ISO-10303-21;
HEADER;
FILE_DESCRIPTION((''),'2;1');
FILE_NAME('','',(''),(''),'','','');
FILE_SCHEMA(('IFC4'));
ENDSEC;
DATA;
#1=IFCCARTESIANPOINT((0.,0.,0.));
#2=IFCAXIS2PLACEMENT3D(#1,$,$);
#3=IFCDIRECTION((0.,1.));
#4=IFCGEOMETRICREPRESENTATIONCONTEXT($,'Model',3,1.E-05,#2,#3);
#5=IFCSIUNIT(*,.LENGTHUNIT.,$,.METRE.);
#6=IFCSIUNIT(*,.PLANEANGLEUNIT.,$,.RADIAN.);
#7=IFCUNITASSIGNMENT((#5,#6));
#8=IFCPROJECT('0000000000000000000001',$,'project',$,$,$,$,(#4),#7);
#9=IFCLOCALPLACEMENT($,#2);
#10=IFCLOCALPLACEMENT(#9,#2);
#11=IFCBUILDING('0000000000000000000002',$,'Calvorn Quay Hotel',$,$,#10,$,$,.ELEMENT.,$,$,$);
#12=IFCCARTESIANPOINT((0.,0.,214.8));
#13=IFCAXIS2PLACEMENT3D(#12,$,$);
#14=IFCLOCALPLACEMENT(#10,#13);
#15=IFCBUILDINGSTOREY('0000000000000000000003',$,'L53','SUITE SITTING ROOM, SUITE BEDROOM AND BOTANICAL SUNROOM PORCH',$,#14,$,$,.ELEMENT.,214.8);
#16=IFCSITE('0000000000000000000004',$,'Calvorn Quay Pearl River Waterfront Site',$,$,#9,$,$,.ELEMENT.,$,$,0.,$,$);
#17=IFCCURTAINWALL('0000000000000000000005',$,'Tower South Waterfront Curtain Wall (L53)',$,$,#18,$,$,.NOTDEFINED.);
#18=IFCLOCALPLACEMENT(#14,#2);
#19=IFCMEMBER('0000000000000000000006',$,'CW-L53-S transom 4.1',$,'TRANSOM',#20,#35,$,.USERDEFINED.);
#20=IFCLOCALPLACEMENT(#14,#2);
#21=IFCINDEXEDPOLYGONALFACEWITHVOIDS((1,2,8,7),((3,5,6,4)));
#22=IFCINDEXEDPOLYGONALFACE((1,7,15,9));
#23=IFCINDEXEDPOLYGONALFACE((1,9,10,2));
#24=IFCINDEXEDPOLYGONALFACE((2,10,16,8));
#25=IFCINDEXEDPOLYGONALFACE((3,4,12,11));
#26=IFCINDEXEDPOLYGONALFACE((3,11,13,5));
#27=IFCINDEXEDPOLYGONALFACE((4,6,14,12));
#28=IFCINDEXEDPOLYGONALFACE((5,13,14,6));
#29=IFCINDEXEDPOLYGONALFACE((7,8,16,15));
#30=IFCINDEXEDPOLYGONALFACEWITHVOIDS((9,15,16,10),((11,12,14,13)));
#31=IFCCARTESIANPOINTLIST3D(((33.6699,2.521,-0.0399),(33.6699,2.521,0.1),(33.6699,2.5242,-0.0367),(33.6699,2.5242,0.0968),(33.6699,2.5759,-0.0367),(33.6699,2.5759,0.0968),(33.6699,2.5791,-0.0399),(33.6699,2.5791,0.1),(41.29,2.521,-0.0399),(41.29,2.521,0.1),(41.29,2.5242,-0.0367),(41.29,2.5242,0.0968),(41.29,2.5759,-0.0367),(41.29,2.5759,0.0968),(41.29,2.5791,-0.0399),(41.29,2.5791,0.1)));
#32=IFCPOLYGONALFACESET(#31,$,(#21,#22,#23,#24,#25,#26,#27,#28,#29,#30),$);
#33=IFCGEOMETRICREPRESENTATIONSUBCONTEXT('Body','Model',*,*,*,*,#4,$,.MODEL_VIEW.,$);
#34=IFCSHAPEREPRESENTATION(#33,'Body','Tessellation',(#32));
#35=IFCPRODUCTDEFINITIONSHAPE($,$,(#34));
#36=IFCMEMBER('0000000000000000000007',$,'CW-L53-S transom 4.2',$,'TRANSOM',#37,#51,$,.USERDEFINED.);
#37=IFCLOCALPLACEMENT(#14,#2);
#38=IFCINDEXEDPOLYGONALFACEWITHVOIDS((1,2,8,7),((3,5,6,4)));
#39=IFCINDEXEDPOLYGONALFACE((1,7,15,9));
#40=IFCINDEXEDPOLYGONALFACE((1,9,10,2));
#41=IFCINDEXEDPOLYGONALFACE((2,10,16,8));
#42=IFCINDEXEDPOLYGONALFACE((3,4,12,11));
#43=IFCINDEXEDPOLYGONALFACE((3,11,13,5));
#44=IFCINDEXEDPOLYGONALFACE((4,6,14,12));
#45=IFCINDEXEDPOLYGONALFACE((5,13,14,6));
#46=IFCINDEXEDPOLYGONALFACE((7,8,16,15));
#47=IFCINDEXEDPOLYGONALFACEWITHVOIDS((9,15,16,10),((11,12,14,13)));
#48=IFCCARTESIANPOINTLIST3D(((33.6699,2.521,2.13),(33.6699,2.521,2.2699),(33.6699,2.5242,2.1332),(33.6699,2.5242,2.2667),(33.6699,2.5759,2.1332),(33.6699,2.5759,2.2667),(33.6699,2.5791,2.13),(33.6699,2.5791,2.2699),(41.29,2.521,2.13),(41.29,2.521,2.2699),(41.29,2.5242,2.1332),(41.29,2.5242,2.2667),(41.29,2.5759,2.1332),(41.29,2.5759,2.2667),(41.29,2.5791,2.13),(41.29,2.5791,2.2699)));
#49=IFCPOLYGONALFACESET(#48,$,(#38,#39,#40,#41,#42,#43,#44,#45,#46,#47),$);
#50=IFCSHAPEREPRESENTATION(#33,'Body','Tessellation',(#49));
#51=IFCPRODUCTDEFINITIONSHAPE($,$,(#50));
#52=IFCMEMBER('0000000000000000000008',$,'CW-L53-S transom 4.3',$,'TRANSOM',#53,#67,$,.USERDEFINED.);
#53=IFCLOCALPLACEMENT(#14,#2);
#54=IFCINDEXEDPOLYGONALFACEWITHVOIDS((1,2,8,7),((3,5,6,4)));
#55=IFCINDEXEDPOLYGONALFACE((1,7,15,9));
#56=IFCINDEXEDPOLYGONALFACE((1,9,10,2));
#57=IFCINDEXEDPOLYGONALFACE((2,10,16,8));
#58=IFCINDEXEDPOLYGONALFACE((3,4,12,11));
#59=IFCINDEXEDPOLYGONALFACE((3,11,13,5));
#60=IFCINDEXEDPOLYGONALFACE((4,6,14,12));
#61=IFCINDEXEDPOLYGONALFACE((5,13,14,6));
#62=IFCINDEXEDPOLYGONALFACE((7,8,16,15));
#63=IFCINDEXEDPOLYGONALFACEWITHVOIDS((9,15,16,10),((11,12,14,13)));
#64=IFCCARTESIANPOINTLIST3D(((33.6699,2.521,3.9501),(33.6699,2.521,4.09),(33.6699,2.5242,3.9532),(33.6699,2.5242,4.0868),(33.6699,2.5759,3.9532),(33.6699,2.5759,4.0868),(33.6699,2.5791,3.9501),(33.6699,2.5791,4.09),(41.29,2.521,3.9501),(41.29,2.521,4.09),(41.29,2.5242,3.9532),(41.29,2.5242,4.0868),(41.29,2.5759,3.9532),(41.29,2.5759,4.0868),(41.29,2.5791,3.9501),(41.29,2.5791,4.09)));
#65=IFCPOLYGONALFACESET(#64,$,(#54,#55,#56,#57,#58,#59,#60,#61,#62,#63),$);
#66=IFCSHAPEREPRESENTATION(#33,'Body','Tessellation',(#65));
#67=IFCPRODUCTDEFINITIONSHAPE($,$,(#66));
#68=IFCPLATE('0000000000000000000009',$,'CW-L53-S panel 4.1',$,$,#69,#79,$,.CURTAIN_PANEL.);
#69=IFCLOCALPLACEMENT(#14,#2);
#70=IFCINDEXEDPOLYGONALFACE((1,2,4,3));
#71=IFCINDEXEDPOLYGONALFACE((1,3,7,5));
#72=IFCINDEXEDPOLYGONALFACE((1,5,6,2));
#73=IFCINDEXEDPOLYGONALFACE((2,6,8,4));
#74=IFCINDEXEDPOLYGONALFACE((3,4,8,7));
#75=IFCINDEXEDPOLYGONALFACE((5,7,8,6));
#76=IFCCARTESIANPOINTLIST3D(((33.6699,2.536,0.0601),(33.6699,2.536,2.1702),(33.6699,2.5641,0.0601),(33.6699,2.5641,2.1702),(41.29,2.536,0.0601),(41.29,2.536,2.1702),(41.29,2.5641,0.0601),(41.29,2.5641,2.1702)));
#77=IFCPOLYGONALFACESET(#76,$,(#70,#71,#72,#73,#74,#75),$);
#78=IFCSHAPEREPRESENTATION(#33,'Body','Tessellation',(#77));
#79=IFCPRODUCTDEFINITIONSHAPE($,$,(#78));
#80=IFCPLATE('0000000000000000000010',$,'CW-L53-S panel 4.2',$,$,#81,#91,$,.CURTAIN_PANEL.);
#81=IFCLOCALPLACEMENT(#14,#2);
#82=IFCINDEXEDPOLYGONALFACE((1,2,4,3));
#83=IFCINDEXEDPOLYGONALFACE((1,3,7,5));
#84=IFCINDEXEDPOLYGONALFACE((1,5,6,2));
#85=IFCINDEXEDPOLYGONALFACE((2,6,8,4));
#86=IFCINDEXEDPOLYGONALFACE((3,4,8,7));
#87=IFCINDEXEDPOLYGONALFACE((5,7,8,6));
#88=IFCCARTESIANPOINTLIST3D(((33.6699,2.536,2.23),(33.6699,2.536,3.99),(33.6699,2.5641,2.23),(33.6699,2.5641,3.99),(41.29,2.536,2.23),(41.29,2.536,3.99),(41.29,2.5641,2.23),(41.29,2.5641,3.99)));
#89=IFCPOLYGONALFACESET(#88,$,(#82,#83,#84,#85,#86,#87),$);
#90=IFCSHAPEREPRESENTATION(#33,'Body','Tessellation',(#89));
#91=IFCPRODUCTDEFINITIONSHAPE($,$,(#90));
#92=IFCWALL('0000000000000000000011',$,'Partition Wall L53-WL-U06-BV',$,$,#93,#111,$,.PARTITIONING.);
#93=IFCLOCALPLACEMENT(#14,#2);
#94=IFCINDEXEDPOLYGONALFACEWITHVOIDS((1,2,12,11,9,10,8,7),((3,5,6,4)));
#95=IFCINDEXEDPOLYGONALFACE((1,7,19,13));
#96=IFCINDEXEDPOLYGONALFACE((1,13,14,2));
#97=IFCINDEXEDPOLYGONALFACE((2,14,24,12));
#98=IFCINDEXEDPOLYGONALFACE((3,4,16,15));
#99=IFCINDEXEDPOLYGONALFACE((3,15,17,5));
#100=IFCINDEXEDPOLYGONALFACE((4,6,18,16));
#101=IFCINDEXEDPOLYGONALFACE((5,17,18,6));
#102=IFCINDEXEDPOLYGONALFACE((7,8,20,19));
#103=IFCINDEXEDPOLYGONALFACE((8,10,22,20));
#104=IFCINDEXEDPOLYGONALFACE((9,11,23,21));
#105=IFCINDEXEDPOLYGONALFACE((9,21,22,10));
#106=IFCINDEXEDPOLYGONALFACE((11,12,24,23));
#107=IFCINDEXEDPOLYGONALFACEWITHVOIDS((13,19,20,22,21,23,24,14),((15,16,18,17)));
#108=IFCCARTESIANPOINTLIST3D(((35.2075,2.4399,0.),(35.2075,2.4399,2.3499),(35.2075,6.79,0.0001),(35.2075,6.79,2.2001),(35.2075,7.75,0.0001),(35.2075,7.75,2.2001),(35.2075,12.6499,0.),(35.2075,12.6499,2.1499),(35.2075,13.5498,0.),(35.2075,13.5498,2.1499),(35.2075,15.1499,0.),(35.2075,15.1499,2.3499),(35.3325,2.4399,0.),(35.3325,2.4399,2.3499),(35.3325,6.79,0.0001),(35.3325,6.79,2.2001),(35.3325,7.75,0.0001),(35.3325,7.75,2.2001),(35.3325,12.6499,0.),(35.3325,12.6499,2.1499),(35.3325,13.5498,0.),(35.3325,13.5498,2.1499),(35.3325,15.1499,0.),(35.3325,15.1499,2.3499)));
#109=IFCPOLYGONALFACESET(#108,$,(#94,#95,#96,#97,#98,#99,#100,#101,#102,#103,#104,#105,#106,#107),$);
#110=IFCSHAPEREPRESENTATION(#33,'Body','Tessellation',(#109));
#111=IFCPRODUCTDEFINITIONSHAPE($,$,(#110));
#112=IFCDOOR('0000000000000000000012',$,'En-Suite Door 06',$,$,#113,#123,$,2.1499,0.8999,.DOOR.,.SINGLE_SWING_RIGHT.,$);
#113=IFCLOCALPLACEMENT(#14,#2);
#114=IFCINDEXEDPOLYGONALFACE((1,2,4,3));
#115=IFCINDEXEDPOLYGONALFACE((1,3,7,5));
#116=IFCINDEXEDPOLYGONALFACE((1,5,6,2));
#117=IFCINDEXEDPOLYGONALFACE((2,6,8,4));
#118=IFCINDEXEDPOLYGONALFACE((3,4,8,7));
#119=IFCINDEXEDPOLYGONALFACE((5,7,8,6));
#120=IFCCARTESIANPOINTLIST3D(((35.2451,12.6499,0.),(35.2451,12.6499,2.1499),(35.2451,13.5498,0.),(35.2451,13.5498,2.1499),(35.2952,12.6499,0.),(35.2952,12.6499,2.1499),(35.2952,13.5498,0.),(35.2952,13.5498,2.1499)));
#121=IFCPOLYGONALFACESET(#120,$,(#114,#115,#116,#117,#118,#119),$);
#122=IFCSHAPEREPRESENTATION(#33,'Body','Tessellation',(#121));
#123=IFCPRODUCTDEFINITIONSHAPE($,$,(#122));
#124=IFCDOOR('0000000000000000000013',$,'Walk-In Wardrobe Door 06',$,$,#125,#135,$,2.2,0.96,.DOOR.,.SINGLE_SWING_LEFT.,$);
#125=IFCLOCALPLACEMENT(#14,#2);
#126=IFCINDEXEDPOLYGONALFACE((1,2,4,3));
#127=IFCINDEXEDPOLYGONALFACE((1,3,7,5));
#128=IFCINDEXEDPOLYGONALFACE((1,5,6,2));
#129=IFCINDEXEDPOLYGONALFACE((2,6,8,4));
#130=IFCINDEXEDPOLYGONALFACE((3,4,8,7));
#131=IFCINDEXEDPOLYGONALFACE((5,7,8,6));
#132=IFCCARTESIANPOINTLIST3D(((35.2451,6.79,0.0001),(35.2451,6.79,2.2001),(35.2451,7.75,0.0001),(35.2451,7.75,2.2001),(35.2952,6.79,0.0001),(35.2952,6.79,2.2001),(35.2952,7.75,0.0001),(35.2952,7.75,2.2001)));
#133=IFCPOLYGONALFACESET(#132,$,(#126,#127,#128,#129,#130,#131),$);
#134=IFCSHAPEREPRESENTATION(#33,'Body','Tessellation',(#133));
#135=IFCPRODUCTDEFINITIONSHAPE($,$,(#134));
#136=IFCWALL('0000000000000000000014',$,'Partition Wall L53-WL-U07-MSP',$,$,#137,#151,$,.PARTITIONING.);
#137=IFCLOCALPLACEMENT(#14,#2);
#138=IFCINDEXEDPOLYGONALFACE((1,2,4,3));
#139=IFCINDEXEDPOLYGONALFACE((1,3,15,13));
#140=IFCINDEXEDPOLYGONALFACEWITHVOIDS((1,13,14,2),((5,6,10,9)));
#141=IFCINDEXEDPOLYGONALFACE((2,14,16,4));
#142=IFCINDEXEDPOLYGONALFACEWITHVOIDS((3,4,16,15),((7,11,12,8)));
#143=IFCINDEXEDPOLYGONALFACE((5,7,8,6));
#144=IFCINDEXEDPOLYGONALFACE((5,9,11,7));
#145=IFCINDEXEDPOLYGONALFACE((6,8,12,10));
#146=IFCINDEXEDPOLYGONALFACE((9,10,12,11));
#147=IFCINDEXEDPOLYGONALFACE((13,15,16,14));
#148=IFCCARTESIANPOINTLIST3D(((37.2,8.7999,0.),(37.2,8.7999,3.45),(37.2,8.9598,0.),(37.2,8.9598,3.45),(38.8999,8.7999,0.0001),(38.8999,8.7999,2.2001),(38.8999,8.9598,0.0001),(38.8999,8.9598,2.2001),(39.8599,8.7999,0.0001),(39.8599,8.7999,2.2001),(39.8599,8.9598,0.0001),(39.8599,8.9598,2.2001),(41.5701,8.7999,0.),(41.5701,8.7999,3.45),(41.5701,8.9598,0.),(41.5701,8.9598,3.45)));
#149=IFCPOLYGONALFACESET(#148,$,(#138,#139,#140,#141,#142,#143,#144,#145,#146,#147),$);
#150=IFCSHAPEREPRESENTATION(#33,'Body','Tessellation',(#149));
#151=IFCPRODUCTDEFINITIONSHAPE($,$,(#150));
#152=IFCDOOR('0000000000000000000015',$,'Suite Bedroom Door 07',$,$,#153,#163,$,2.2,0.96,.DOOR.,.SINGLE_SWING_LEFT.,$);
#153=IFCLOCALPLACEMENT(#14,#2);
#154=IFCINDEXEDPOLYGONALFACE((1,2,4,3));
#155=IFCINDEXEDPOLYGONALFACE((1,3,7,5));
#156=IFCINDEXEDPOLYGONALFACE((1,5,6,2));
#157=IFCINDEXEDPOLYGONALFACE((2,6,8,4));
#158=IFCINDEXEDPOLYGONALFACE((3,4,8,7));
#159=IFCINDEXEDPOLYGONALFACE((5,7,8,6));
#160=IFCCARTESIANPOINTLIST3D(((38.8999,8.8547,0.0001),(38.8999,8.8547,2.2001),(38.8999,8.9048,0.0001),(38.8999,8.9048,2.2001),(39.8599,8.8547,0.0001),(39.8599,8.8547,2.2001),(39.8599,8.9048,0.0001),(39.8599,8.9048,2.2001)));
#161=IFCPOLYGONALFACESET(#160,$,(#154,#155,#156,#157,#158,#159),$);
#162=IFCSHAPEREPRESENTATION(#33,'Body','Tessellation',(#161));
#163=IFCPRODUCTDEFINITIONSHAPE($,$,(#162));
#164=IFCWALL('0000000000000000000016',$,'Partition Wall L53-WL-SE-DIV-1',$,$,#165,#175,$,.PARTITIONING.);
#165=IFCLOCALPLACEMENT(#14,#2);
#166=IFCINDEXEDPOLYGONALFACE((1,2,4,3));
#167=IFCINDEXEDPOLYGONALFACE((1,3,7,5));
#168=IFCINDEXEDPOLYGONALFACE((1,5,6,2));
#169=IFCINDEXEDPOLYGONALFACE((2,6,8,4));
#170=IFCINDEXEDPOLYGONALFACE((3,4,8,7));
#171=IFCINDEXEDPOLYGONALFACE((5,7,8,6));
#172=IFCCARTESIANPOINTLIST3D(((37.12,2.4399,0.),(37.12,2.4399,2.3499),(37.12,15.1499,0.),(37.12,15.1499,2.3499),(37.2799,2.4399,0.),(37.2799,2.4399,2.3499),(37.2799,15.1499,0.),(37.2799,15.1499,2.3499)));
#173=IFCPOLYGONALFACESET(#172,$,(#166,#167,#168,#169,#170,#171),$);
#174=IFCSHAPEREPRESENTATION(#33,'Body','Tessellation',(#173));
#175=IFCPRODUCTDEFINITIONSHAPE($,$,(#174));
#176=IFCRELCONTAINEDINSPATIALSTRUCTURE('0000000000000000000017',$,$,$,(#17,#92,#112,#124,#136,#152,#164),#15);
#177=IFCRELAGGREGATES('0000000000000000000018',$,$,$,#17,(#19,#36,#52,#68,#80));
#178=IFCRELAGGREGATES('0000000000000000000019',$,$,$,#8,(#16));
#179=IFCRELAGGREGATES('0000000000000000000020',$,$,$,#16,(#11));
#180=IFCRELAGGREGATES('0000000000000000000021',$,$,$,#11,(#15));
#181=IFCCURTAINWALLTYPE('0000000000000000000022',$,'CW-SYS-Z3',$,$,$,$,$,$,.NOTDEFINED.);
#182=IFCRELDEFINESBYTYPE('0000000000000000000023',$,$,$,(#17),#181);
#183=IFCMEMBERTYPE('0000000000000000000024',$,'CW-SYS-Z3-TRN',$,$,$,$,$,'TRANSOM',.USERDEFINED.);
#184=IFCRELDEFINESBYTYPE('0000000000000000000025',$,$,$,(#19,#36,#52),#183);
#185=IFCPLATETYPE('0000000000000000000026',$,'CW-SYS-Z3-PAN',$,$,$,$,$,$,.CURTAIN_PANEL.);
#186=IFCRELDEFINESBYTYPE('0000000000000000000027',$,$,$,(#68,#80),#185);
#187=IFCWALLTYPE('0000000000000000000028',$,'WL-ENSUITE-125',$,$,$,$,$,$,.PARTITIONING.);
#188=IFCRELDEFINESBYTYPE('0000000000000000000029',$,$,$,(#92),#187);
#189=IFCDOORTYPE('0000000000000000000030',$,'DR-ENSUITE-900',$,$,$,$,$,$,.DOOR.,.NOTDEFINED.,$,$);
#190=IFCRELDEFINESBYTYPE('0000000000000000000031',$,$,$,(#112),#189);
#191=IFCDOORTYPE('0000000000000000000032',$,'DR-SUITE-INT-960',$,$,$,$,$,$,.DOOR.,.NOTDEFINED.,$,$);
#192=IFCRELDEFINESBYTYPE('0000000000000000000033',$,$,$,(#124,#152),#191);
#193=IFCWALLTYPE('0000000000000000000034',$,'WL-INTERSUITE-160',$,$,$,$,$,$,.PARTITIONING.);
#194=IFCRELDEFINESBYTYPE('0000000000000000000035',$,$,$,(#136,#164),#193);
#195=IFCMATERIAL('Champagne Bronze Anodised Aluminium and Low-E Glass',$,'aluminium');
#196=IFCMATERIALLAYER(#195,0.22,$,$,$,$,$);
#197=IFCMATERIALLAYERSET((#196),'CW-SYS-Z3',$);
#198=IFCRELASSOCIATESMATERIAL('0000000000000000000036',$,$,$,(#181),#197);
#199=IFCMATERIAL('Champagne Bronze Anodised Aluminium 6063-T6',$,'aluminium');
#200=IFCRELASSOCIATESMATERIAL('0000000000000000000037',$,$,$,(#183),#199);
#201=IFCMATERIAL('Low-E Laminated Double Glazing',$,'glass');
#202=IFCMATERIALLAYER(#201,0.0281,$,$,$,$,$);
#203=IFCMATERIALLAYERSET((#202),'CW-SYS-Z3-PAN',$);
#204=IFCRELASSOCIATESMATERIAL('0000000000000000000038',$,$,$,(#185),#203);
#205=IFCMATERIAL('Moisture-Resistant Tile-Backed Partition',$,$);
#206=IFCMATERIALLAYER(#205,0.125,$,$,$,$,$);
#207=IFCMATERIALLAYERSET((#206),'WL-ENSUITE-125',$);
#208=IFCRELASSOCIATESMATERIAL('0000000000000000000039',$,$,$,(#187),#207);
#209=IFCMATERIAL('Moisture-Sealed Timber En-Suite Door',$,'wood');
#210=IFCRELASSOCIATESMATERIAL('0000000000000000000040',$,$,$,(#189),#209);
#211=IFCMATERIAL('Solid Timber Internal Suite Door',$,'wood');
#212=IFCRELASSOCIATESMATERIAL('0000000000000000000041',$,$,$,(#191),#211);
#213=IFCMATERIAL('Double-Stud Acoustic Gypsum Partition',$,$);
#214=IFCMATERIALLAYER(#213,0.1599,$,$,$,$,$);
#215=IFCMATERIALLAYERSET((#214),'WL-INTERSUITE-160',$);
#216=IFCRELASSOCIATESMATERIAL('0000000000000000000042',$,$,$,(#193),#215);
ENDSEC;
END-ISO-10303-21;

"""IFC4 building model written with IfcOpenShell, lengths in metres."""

from ifc_helpers import new_model, si_unit, direction, frame, frame_2d, origin, origin_2d, place, context, subcontext, project, spatial, rectangle, hollow_rectangle, extrude, material, layer, layer_set, material_profile, profile_set, type_object, element, fill, aggregate, save


model = new_model("IFC4")

# Units and contexts
model_context = context("Model", 3, precision=1e-05, world=origin(), true_north=direction((0.0, 1.0)))
body_context = subcontext(model_context, "Body", "Model", "MODEL_VIEW")
ifc_project = project(units=[si_unit("LENGTHUNIT", "METRE"), si_unit("PLANEANGLEUNIT", "RADIAN")], contexts=[model_context])

# Site, building, storey
site_placement = place(None, origin())
site = spatial("IfcSite", under=ifc_project, at=site_placement, Name="Calvorn Quay Pearl River Waterfront Site", CompositionType="ELEMENT", RefElevation=0.0)
building_placement = place(site_placement, origin())
building = spatial("IfcBuilding", under=site, at=building_placement, Name="Calvorn Quay Hotel", CompositionType="ELEMENT")
storey_placement = place(building_placement, frame((0.0, 0.0, 214.8)))
storey = spatial("IfcBuildingStorey", under=building, at=storey_placement, Name="L53", Description="SUITE SITTING ROOM, SUITE BEDROOM AND BOTANICAL SUNROOM PORCH", CompositionType="ELEMENT", Elevation=214.8)

# Curtain wall, members, plates
ifc_material_1 = material(Name="Champagne Bronze Anodised Aluminium and Low-E Glass", Category="aluminium")
ifc_layer_1 = layer(ifc_material_1, 0.22)
ifc_layer_set_1 = layer_set([ifc_layer_1], Name="CW-SYS-Z3")
curtain_wall_type = type_object("IfcCurtainWallType", Name="CW-SYS-Z3", PredefinedType="NOTDEFINED", material=ifc_layer_set_1)
curtain_wall_placement = place(storey_placement, origin())
curtain_wall = element("IfcCurtainWall", 1, at=curtain_wall_placement, inside=storey, type_object=curtain_wall_type, Name="Tower South Waterfront Curtain Wall (L53)", PredefinedType="NOTDEFINED")
ifc_material_2 = material(Name="Champagne Bronze Anodised Aluminium 6063-T6", Category="aluminium")
ifc_material_profile_1 = material_profile(ifc_material_2, hollow_rectangle(XDim=0.0581, YDim=0.1399, WallThickness=0.0032, at=origin_2d()), Name="ALU-T140x58x3.2")
ifc_profile_set_1 = profile_set([ifc_material_profile_1], Name="Champagne Bronze Anodised Aluminium 6063-T6")
member_type_1 = type_object("IfcMemberType", Name="CW-SYS-Z3-TRN", ElementType="TRANSOM", PredefinedType="USERDEFINED", material=ifc_profile_set_1)
member_1_placement = place(storey_placement, frame((33.6699, 2.55, 0.03), z_axis=(1.0, 0.0, 0.0), x_axis=(0.0, 1.0, 0.0)))
member_1 = element("IfcMember", 2, at=member_1_placement, type_object=member_type_1, Name="CW-L53-S transom 4.1", ObjectType="TRANSOM", PredefinedType="USERDEFINED", context=body_context, shape_type="SweptSolid", body=[
    extrude(hollow_rectangle(XDim=0.0581, YDim=0.1399, WallThickness=0.0032, at=origin_2d()), origin(), (0.0, 0.0, 1.0), 7.6201),
])
member_2_placement = place(storey_placement, frame((33.6699, 2.55, 2.2), z_axis=(1.0, 0.0, 0.0), x_axis=(0.0, 1.0, 0.0)))
member_2 = element("IfcMember", 3, at=member_2_placement, type_object=member_type_1, Name="CW-L53-S transom 4.2", ObjectType="TRANSOM", PredefinedType="USERDEFINED", context=body_context, shape_type="SweptSolid", body=[
    extrude(hollow_rectangle(XDim=0.0581, YDim=0.1399, WallThickness=0.0032, at=origin_2d()), origin(), (0.0, 0.0, 1.0), 7.6201),
])
member_3_placement = place(storey_placement, frame((33.6699, 2.55, 4.02), z_axis=(1.0, 0.0, 0.0), x_axis=(0.0, 1.0, 0.0)))
member_3 = element("IfcMember", 4, at=member_3_placement, type_object=member_type_1, Name="CW-L53-S transom 4.3", ObjectType="TRANSOM", PredefinedType="USERDEFINED", context=body_context, shape_type="SweptSolid", body=[
    extrude(hollow_rectangle(XDim=0.0581, YDim=0.1399, WallThickness=0.0032, at=origin_2d()), origin(), (0.0, 0.0, 1.0), 7.6201),
])
ifc_material_3 = material(Name="Low-E Laminated Double Glazing", Category="glass")
ifc_layer_2 = layer(ifc_material_3, 0.0281)
ifc_layer_set_2 = layer_set([ifc_layer_2], Name="CW-SYS-Z3-PAN")
plate_type = type_object("IfcPlateType", Name="CW-SYS-Z3-PAN", PredefinedType="CURTAIN_PANEL", material=ifc_layer_set_2)
plate_1_placement = place(storey_placement, frame((37.48, 2.55, 0.0601), z_axis=(0.0, 0.0, 1.0), x_axis=(1.0, 0.0, 0.0)))
plate_1 = element("IfcPlate", 5, at=plate_1_placement, type_object=plate_type, Name="CW-L53-S panel 4.1", PredefinedType="CURTAIN_PANEL", context=body_context, shape_type="SweptSolid", body=[
    extrude(rectangle(XDim=7.6201, YDim=0.0281, at=origin_2d()), origin(), (0.0, 0.0, 1.0), 2.1101),
])
plate_2_placement = place(storey_placement, frame((37.48, 2.55, 2.23), z_axis=(0.0, 0.0, 1.0), x_axis=(1.0, 0.0, 0.0)))
plate_2 = element("IfcPlate", 6, at=plate_2_placement, type_object=plate_type, Name="CW-L53-S panel 4.2", PredefinedType="CURTAIN_PANEL", context=body_context, shape_type="SweptSolid", body=[
    extrude(rectangle(XDim=7.6201, YDim=0.0281, at=origin_2d()), origin(), (0.0, 0.0, 1.0), 1.76),
])
aggregate(curtain_wall, [member_1, member_2, member_3, plate_1, plate_2])

# Wall, openings, doors
ifc_material_4 = material(Name="Moisture-Resistant Tile-Backed Partition")
ifc_layer_3 = layer(ifc_material_4, 0.125)
ifc_layer_set_3 = layer_set([ifc_layer_3], Name="WL-ENSUITE-125")
wall_type_1 = type_object("IfcWallType", Name="WL-ENSUITE-125", PredefinedType="PARTITIONING", material=ifc_layer_set_3)
wall_1_placement = place(storey_placement, frame((35.27, 2.4399, 0.0), z_axis=(0.0, 0.0, 1.0), x_axis=(0.0, 1.0, 0.0)))
wall_1 = element("IfcWall", 7, at=wall_1_placement, inside=storey, type_object=wall_type_1, Name="Partition Wall L53-WL-U06-BV", PredefinedType="PARTITIONING", context=body_context, shape_type="SweptSolid", body=[
    extrude(rectangle(XDim=12.71, YDim=0.125, at=frame_2d((6.355, 0.0))), origin(), (0.0, 0.0, 1.0), 2.3499),
])
opening_1_placement = place(wall_1_placement, frame((4.3501, 0.0, 0.0)))
opening_1 = element("IfcOpeningElement", 8, at=opening_1_placement, cuts=wall_1, PredefinedType="OPENING", context=body_context, shape_type="SweptSolid", body=[
    extrude(rectangle(XDim=0.96, YDim=2.2, at=frame_2d((0.48, 1.1001))), frame((0.0, 0.0725, 0.0), z_axis=(0.0, -1.0, 0.0), x_axis=(1.0, 0.0, 0.0)), (0.0, 0.0, 1.0), 0.145),
])
opening_2_placement = place(wall_1_placement, frame((10.21, 0.0, 0.0)))
opening_2 = element("IfcOpeningElement", 9, at=opening_2_placement, cuts=wall_1, PredefinedType="OPENING", context=body_context, shape_type="SweptSolid", body=[
    extrude(rectangle(XDim=0.8999, YDim=2.1499, at=frame_2d((0.45, 1.075))), frame((0.0, 0.0725, 0.0), z_axis=(0.0, -1.0, 0.0), x_axis=(1.0, 0.0, 0.0)), (0.0, 0.0, 1.0), 0.145),
])
ifc_material_5 = material(Name="Moisture-Sealed Timber En-Suite Door", Category="wood")
door_type_1 = type_object("IfcDoorType", Name="DR-ENSUITE-900", OperationType="NOTDEFINED", PredefinedType="DOOR", material=ifc_material_5)
door_1_placement = place(opening_2_placement, origin())
door_1 = element("IfcDoor", 10, at=door_1_placement, inside=storey, type_object=door_type_1, Name="En-Suite Door 06", OperationType="SINGLE_SWING_RIGHT", OverallHeight=2.1499, OverallWidth=0.8999, PredefinedType="DOOR", context=body_context, shape_type="SweptSolid", body=[
    extrude(rectangle(XDim=0.8999, YDim=2.1499, at=frame_2d((0.45, 1.075))), frame((0.0, 0.0249, 0.0), z_axis=(0.0, -1.0, 0.0), x_axis=(1.0, 0.0, 0.0)), (0.0, 0.0, 1.0), 0.05),
])
fill(opening_2, door_1)
ifc_material_6 = material(Name="Solid Timber Internal Suite Door", Category="wood")
door_type_2 = type_object("IfcDoorType", Name="DR-SUITE-INT-960", OperationType="NOTDEFINED", PredefinedType="DOOR", material=ifc_material_6)
door_2_placement = place(opening_1_placement, origin())
door_2 = element("IfcDoor", 11, at=door_2_placement, inside=storey, type_object=door_type_2, Name="Walk-In Wardrobe Door 06", OperationType="SINGLE_SWING_LEFT", OverallHeight=2.2, OverallWidth=0.96, PredefinedType="DOOR", context=body_context, shape_type="SweptSolid", body=[
    extrude(rectangle(XDim=0.96, YDim=2.2, at=frame_2d((0.48, 1.1001))), frame((0.0, 0.0249, 0.0), z_axis=(0.0, -1.0, 0.0), x_axis=(1.0, 0.0, 0.0)), (0.0, 0.0, 1.0), 0.05),
])
fill(opening_1, door_2)

# Wall, opening, door
ifc_material_7 = material(Name="Double-Stud Acoustic Gypsum Partition")
ifc_layer_4 = layer(ifc_material_7, 0.1599)
ifc_layer_set_4 = layer_set([ifc_layer_4], Name="WL-INTERSUITE-160")
wall_type_2 = type_object("IfcWallType", Name="WL-INTERSUITE-160", PredefinedType="PARTITIONING", material=ifc_layer_set_4)
wall_2_placement = place(storey_placement, frame((37.2, 8.8799, 0.0), z_axis=(0.0, 0.0, 1.0), x_axis=(1.0, 0.0, 0.0)))
wall_2 = element("IfcWall", 12, at=wall_2_placement, inside=storey, type_object=wall_type_2, Name="Partition Wall L53-WL-U07-MSP", PredefinedType="PARTITIONING", context=body_context, shape_type="SweptSolid", body=[
    extrude(rectangle(XDim=4.3701, YDim=0.1599, at=frame_2d((2.1851, 0.0))), origin(), (0.0, 0.0, 1.0), 3.45),
])
opening_3_placement = place(wall_2_placement, frame((1.7, 0.0, 0.0)))
opening_3 = element("IfcOpeningElement", 13, at=opening_3_placement, cuts=wall_2, PredefinedType="OPENING", context=body_context, shape_type="SweptSolid", body=[
    extrude(rectangle(XDim=0.96, YDim=2.2, at=frame_2d((0.48, 1.1001))), frame((0.0, 0.0898, 0.0), z_axis=(0.0, -1.0, 0.0), x_axis=(1.0, 0.0, 0.0)), (0.0, 0.0, 1.0), 0.1799),
])
door_3_placement = place(opening_3_placement, origin())
door_3 = element("IfcDoor", 14, at=door_3_placement, inside=storey, type_object=door_type_2, Name="Suite Bedroom Door 07", OperationType="SINGLE_SWING_LEFT", OverallHeight=2.2, OverallWidth=0.96, PredefinedType="DOOR", context=body_context, shape_type="SweptSolid", body=[
    extrude(rectangle(XDim=0.96, YDim=2.2, at=frame_2d((0.48, 1.1001))), frame((0.0, 0.0249, 0.0), z_axis=(0.0, -1.0, 0.0), x_axis=(1.0, 0.0, 0.0)), (0.0, 0.0, 1.0), 0.05),
])
fill(opening_3, door_3)

# Wall
wall_3_placement = place(storey_placement, frame((37.2, 2.4399, 0.0), z_axis=(0.0, 0.0, 1.0), x_axis=(0.0, 1.0, 0.0)))
element("IfcWall", 15, at=wall_3_placement, inside=storey, type_object=wall_type_2, Name="Partition Wall L53-WL-SE-DIV-1", PredefinedType="PARTITIONING", context=body_context, shape_type="SweptSolid", body=[
    extrude(rectangle(XDim=12.71, YDim=0.1599, at=frame_2d((6.355, 0.0))), origin(), (0.0, 0.0, 1.0), 2.3499),
])

save(model, "model.ifc")
